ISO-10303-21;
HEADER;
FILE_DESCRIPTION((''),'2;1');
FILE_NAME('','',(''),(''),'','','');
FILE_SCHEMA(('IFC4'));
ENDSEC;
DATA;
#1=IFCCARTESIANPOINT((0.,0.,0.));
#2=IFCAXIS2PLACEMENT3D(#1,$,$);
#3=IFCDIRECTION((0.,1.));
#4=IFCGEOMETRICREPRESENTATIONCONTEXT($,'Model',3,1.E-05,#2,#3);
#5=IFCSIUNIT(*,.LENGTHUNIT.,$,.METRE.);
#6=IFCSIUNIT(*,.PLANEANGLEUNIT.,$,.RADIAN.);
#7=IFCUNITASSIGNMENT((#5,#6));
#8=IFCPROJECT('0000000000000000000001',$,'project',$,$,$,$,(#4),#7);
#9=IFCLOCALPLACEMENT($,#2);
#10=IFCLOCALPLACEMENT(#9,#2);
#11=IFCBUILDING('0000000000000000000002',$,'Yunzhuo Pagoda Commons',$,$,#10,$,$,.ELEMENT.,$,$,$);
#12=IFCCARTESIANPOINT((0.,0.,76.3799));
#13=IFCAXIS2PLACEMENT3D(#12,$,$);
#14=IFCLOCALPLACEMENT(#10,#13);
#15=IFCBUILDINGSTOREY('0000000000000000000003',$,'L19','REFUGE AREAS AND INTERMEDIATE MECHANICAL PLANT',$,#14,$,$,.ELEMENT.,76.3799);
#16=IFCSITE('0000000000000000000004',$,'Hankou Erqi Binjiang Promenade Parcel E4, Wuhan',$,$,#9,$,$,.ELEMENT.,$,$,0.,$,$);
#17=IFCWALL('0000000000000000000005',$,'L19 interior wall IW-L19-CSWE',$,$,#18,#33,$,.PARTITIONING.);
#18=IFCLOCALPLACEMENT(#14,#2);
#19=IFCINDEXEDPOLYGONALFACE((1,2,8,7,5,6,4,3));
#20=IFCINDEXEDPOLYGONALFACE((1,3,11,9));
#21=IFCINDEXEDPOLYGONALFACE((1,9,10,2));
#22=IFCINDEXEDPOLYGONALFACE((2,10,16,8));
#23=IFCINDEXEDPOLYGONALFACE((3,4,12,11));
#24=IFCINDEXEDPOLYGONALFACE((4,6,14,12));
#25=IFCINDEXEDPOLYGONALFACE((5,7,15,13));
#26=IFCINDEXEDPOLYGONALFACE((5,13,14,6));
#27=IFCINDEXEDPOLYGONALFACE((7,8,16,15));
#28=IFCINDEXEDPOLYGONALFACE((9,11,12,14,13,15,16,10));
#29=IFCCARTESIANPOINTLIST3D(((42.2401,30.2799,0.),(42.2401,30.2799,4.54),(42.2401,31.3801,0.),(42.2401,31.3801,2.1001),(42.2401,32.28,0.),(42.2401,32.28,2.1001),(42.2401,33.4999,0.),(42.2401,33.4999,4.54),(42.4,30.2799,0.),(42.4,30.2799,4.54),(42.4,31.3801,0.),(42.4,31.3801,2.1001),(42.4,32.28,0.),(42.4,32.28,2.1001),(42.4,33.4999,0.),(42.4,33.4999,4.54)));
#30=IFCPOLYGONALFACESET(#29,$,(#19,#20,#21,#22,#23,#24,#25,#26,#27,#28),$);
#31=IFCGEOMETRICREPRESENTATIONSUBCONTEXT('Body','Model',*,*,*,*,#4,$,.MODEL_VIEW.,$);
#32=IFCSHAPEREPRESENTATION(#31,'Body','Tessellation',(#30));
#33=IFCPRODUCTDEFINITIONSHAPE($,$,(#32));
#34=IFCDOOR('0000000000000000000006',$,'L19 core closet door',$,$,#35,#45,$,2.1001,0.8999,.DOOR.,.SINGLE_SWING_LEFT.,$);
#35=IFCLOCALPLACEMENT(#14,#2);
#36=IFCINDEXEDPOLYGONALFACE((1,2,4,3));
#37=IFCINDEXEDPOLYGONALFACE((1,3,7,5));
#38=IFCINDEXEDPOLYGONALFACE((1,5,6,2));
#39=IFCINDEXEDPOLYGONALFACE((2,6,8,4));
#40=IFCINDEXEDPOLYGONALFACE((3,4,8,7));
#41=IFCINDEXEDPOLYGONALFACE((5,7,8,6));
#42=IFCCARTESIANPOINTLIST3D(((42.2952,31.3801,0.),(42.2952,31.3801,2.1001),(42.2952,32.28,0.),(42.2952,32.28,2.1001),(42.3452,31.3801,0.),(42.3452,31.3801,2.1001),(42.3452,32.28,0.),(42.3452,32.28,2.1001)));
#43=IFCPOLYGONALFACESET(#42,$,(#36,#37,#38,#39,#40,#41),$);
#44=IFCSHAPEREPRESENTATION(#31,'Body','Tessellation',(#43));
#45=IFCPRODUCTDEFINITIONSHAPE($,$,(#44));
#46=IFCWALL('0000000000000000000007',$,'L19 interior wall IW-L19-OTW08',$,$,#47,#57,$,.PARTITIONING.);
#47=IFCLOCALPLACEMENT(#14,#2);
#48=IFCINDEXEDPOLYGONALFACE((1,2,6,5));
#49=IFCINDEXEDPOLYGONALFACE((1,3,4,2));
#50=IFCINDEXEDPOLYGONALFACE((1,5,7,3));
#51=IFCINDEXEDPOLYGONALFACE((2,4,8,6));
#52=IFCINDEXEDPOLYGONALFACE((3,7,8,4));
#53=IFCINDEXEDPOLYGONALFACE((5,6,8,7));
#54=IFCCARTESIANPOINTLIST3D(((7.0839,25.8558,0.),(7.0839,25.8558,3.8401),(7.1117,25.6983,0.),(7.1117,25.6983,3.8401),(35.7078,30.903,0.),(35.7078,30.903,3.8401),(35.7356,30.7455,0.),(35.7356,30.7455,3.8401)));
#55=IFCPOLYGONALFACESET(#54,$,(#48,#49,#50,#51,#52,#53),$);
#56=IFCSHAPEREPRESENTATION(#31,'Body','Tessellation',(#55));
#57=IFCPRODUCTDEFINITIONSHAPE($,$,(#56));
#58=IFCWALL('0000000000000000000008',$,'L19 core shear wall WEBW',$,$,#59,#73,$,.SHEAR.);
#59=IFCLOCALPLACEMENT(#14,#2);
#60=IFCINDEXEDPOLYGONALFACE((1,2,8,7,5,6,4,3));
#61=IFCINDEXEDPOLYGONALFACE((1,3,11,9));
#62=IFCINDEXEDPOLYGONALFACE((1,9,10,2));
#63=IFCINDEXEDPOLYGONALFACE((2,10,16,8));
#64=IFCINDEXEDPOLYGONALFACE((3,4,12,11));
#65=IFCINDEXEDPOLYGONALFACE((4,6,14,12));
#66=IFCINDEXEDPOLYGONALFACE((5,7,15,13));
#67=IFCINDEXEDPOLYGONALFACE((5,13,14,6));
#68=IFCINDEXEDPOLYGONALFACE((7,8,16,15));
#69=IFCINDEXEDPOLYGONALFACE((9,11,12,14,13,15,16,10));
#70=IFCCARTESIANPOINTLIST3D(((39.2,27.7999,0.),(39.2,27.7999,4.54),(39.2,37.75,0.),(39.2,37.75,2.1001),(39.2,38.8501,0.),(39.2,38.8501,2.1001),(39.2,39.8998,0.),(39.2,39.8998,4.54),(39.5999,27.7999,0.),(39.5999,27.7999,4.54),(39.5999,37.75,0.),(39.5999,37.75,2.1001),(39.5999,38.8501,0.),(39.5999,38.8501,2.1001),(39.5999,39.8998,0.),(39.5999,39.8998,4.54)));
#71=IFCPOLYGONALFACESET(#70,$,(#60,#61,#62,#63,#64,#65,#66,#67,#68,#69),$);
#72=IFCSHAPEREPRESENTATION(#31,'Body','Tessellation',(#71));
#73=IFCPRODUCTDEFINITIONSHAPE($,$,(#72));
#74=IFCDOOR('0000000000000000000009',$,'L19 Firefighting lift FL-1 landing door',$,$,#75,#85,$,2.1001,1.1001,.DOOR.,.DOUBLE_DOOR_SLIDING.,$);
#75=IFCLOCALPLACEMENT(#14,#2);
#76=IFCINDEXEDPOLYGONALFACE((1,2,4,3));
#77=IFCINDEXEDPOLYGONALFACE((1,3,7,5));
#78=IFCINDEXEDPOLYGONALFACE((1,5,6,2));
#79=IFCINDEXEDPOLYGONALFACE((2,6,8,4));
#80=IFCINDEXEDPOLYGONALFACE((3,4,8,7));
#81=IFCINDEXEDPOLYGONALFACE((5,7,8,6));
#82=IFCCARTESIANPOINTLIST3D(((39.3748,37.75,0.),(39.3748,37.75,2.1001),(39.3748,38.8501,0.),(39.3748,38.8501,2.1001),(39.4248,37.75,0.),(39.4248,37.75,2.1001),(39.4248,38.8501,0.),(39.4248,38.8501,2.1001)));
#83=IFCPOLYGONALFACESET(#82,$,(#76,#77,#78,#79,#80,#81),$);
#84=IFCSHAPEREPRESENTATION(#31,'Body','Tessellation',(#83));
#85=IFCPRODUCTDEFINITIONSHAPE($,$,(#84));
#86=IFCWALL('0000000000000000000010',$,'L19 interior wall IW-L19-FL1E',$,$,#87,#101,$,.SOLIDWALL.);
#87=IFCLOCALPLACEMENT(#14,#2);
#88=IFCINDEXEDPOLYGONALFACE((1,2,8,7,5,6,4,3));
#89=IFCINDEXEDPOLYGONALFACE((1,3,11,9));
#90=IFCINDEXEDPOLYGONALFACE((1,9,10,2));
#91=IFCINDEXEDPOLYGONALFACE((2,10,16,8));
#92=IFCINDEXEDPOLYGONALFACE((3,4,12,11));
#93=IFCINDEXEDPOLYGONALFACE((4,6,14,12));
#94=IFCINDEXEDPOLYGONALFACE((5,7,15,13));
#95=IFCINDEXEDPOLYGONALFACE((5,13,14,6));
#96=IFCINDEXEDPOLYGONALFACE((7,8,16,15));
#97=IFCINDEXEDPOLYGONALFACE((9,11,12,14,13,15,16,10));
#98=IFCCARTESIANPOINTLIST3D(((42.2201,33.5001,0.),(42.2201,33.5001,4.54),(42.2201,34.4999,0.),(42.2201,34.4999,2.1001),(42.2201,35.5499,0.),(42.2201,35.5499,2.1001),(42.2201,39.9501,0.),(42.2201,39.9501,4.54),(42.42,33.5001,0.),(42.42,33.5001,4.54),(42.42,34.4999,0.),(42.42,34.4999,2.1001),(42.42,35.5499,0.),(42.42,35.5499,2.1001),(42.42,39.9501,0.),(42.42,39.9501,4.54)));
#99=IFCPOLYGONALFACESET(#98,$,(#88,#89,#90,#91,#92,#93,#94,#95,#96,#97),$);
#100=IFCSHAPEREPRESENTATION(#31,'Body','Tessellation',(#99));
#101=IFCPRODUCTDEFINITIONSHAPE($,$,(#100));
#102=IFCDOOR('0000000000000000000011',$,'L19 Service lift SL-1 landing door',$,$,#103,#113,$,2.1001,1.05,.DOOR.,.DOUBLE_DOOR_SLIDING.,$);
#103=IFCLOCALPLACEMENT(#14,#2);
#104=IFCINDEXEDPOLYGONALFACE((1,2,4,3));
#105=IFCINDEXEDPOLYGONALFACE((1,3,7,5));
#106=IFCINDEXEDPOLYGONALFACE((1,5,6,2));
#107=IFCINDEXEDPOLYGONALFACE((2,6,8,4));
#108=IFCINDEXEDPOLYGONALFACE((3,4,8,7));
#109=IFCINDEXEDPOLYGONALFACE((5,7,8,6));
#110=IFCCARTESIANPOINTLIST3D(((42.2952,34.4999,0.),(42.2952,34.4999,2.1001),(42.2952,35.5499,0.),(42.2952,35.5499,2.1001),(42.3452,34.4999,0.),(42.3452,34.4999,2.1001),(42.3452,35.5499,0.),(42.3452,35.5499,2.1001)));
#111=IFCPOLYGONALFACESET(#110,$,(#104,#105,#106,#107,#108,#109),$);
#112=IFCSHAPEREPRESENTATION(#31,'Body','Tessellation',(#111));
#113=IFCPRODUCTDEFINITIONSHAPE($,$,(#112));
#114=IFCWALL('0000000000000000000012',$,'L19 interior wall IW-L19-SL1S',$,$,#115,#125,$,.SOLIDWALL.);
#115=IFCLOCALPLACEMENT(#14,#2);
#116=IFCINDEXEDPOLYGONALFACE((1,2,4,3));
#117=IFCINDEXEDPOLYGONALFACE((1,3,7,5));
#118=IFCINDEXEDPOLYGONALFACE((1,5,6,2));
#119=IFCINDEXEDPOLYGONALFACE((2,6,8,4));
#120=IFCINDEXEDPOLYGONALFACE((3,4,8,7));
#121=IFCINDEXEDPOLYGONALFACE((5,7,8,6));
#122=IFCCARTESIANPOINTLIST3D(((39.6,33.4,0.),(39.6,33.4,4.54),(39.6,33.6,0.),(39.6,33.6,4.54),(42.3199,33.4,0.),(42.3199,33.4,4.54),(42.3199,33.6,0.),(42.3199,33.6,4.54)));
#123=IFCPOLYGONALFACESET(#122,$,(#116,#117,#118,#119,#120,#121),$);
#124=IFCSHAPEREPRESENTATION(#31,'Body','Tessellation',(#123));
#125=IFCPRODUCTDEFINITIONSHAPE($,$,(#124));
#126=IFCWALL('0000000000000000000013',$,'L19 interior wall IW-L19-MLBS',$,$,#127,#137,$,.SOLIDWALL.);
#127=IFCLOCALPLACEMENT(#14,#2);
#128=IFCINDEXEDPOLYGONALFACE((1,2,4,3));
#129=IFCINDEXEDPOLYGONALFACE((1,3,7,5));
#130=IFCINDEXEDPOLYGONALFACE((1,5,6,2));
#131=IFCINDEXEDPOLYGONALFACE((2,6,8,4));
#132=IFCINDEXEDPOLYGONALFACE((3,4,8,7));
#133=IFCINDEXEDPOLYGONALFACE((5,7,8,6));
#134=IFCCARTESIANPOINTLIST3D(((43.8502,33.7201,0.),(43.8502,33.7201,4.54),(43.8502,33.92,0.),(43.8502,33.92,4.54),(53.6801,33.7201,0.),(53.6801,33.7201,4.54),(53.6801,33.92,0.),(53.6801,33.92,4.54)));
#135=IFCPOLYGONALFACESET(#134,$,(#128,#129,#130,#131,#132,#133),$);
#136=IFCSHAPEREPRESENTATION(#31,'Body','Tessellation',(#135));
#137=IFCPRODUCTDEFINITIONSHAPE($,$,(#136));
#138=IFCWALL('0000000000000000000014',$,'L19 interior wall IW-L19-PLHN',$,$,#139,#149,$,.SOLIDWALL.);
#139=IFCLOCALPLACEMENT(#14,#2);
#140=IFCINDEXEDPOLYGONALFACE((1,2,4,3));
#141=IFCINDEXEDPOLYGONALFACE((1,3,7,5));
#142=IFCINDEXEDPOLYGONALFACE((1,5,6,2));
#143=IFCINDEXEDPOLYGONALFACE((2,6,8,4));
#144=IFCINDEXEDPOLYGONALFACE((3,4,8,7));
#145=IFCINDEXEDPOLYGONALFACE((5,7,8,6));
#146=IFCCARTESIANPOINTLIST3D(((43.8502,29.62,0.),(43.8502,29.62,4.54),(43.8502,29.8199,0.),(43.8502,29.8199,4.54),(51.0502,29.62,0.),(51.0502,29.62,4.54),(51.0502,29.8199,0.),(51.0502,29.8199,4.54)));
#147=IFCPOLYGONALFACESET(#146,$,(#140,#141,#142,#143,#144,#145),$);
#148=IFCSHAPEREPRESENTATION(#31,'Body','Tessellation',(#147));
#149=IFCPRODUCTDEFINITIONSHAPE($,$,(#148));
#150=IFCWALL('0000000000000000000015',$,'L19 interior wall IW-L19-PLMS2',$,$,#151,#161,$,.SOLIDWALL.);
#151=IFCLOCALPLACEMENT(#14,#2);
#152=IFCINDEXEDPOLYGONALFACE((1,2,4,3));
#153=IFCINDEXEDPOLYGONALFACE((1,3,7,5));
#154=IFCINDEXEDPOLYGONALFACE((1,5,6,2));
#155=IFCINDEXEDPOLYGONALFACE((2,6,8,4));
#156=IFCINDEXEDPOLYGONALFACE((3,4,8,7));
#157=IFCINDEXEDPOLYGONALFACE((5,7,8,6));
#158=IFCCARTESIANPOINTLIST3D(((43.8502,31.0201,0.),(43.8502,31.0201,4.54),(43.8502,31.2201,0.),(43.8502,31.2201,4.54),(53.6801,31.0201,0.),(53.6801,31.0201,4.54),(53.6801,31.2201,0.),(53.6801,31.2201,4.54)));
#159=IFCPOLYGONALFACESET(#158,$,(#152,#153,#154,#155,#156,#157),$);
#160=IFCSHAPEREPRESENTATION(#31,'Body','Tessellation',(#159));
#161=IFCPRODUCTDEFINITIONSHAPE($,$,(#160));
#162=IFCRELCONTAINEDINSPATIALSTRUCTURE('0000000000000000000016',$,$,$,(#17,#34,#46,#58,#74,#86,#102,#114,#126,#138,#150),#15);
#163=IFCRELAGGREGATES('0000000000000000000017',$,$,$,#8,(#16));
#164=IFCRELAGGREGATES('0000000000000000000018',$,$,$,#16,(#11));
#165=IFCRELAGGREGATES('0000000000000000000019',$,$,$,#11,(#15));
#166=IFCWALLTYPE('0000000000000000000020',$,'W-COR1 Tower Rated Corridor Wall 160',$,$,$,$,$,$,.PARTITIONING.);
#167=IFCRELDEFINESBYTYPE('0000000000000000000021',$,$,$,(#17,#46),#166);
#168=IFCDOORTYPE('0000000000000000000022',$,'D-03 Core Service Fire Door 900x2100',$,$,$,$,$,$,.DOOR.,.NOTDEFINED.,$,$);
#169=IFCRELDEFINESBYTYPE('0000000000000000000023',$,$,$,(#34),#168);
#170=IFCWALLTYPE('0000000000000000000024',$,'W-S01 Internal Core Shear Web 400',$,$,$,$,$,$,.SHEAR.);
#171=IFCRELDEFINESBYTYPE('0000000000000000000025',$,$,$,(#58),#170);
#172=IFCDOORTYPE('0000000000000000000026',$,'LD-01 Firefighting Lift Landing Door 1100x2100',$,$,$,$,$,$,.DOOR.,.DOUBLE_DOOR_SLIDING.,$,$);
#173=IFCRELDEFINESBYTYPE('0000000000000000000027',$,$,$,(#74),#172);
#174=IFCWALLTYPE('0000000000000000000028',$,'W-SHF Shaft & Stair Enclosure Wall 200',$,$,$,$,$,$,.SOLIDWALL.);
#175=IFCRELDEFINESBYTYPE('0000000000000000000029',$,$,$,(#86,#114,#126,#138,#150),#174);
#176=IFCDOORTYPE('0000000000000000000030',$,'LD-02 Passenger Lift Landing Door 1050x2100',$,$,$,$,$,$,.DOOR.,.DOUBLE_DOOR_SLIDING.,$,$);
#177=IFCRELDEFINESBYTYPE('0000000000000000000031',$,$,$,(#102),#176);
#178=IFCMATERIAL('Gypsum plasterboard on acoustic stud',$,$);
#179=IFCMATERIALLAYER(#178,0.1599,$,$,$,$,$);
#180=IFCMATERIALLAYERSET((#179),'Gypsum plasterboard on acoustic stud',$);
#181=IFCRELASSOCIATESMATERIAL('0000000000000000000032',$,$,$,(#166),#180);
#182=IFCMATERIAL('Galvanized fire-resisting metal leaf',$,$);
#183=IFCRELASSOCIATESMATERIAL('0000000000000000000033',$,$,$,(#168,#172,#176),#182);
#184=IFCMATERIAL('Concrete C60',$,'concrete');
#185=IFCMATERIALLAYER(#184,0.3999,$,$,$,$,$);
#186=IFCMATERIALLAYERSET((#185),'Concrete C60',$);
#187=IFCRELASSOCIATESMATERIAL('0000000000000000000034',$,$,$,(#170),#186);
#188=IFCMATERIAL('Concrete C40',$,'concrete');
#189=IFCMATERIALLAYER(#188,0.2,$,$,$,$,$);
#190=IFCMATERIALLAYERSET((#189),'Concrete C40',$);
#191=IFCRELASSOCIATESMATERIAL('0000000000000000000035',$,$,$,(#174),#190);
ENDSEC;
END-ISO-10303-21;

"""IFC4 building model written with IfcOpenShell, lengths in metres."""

from ifc_helpers import new_model, si_unit, direction, frame, frame_2d, origin, origin_with_axes, place, context, subcontext, project, spatial, rectangle, extrude, source, transform, mapped, material, layer, layer_set, type_object, element, fill, save


model = new_model("IFC4")

# Units and contexts
model_context = context("Model", 3, precision=1e-05, world=origin(), true_north=direction((0.0, 1.0)))
body_context = subcontext(model_context, "Body", "Model", "MODEL_VIEW")
ifc_project = project(units=[si_unit("LENGTHUNIT", "METRE"), si_unit("PLANEANGLEUNIT", "RADIAN")], contexts=[model_context])

# Site, building, storey
site_placement = place(None, origin())
site = spatial("IfcSite", under=ifc_project, at=site_placement, Name="Hankou Erqi Binjiang Promenade Parcel E4, Wuhan", CompositionType="ELEMENT", RefElevation=0.0)
building_placement = place(site_placement, origin())
building = spatial("IfcBuilding", under=site, at=building_placement, Name="Yunzhuo Pagoda Commons", CompositionType="ELEMENT")
storey_placement = place(building_placement, frame((0.0, 0.0, 76.3799)))
storey = spatial("IfcBuildingStorey", under=building, at=storey_placement, Name="L19", Description="REFUGE AREAS AND INTERMEDIATE MECHANICAL PLANT", CompositionType="ELEMENT", Elevation=76.3799)

# Shared definitions
ifc_material_1 = material(Name="Gypsum plasterboard on acoustic stud")
ifc_layer_1 = layer(ifc_material_1, 0.1599)
ifc_layer_set_1 = layer_set([ifc_layer_1], Name="Gypsum plasterboard on acoustic stud")
wall_type_1 = type_object("IfcWallType", Name="W-COR1 Tower Rated Corridor Wall 160", PredefinedType="PARTITIONING", material=ifc_layer_set_1)

# Wall, opening, door
wall_1_placement = place(storey_placement, frame((42.3201, 30.28, 0.0), z_axis=(0.0, 0.0, 1.0), x_axis=(0.0, 1.0, 0.0)))
wall_1 = element("IfcWall", 1, at=wall_1_placement, inside=storey, type_object=wall_type_1, Name="L19 interior wall IW-L19-CSWE", PredefinedType="PARTITIONING", context=body_context, shape_type="SweptSolid", body=[
    extrude(rectangle(XDim=3.22, YDim=0.1599, at=frame_2d((1.6099, 0.0))), origin(), (0.0, 0.0, 1.0), 4.54),
])
opening_1_placement = place(wall_1_placement, frame((1.1001, 0.0, 0.0)))
opening_1 = element("IfcOpeningElement", 2, at=opening_1_placement, cuts=wall_1, PredefinedType="OPENING", context=body_context, shape_type="SweptSolid", body=[
    extrude(rectangle(XDim=0.8999, YDim=2.1001, at=frame_2d((0.45, 1.05))), frame((0.0, 0.0898, 0.0), z_axis=(0.0, -1.0, 0.0), x_axis=(1.0, 0.0, 0.0)), (0.0, 0.0, 1.0), 0.1799),
])
ifc_material_2 = material(Name="Galvanized fire-resisting metal leaf")
door_type_1 = type_object("IfcDoorType", Name="D-03 Core Service Fire Door 900x2100", OperationType="NOTDEFINED", PredefinedType="DOOR", material=ifc_material_2)
shared_shape_1 = source(origin(), body_context, "Body", "SweptSolid", [
    extrude(rectangle(XDim=0.8999, YDim=2.1001, at=frame_2d((0.45, 1.05))), frame((0.0, 0.0249, 0.0), z_axis=(0.0, -1.0, 0.0), x_axis=(1.0, 0.0, 0.0)), (0.0, 0.0, 1.0), 0.05),
])
door_1_placement = place(opening_1_placement, origin_with_axes())
door_1 = element("IfcDoor", 3, at=door_1_placement, inside=storey, type_object=door_type_1, Name="L19 core closet door", OperationType="SINGLE_SWING_LEFT", OverallHeight=2.1001, OverallWidth=0.8999, PredefinedType="DOOR", context=body_context, shape_type="MappedRepresentation", body=[
    mapped(shared_shape_1, transform((0.0, 0.0, 0.0), scale=1.0)),
])
fill(opening_1, door_1)

# Wall
wall_2_placement = place(storey_placement, frame((35.7217, 30.8242, 0.0), z_axis=(0.0, 0.0, 1.0), x_axis=(-0.984808, -0.173647, 0.0)))
element("IfcWall", 4, at=wall_2_placement, inside=storey, type_object=wall_type_1, Name="L19 interior wall IW-L19-OTW08", PredefinedType="PARTITIONING", context=body_context, shape_type="SweptSolid", body=[
    extrude(rectangle(XDim=29.0654, YDim=0.1599, at=frame_2d((14.5327, 0.0))), origin(), (0.0, 0.0, 1.0), 3.8401),
])

# Walls, openings, doors
ifc_material_3 = material(Name="Concrete C60", Category="concrete")
ifc_layer_2 = layer(ifc_material_3, 0.3999)
ifc_layer_set_2 = layer_set([ifc_layer_2], Name="Concrete C60")
wall_type_2 = type_object("IfcWallType", Name="W-S01 Internal Core Shear Web 400", PredefinedType="SHEAR", material=ifc_layer_set_2)
wall_3_placement = place(storey_placement, frame((39.3999, 27.8, 0.0), z_axis=(0.0, 0.0, 1.0), x_axis=(0.0, 1.0, 0.0)))
wall_3 = element("IfcWall", 5, at=wall_3_placement, inside=storey, type_object=wall_type_2, Name="L19 core shear wall WEBW", PredefinedType="SHEAR", context=body_context, shape_type="SweptSolid", body=[
    extrude(rectangle(XDim=12.0999, YDim=0.3999, at=frame_2d((6.0498, 0.0))), origin(), (0.0, 0.0, 1.0), 4.54),
])
opening_2_placement = place(wall_3_placement, frame((9.95, 0.0, 0.0)))
opening_2 = element("IfcOpeningElement", 6, at=opening_2_placement, cuts=wall_3, PredefinedType="OPENING", context=body_context, shape_type="SweptSolid", body=[
    extrude(rectangle(XDim=1.1001, YDim=2.1001, at=frame_2d((0.55, 1.05))), frame((0.0, 0.21, 0.0), z_axis=(0.0, -1.0, 0.0), x_axis=(1.0, 0.0, 0.0)), (0.0, 0.0, 1.0), 0.4199),
])
door_type_2 = type_object("IfcDoorType", Name="LD-01 Firefighting Lift Landing Door 1100x2100", OperationType="DOUBLE_DOOR_SLIDING", PredefinedType="DOOR", material=ifc_material_2)
shared_shape_2 = source(origin(), body_context, "Body", "SweptSolid", [
    extrude(rectangle(XDim=1.1001, YDim=2.1001, at=frame_2d((0.55, 1.05))), frame((0.0, 0.0249, 0.0), z_axis=(0.0, -1.0, 0.0), x_axis=(1.0, 0.0, 0.0)), (0.0, 0.0, 1.0), 0.05),
])
door_2_placement = place(opening_2_placement, frame((1.1001, 0.0, 0.0), z_axis=(0.0, 0.0, 1.0), x_axis=(-1.0, 0.0, 0.0)))
door_2 = element("IfcDoor", 7, at=door_2_placement, inside=storey, type_object=door_type_2, Name="L19 Firefighting lift FL-1 landing door", OperationType="DOUBLE_DOOR_SLIDING", OverallHeight=2.1001, OverallWidth=1.1001, PredefinedType="DOOR", context=body_context, shape_type="MappedRepresentation", body=[
    mapped(shared_shape_2, transform((0.0, 0.0, 0.0), scale=1.0)),
])
fill(opening_2, door_2)
ifc_material_4 = material(Name="Concrete C40", Category="concrete")
ifc_layer_3 = layer(ifc_material_4, 0.2)
ifc_layer_set_3 = layer_set([ifc_layer_3], Name="Concrete C40")
wall_type_3 = type_object("IfcWallType", Name="W-SHF Shaft & Stair Enclosure Wall 200", PredefinedType="SOLIDWALL", material=ifc_layer_set_3)
wall_4_placement = place(storey_placement, frame((42.3201, 33.5, 0.0), z_axis=(0.0, 0.0, 1.0), x_axis=(0.0, 1.0, 0.0)))
wall_4 = element("IfcWall", 8, at=wall_4_placement, inside=storey, type_object=wall_type_3, Name="L19 interior wall IW-L19-FL1E", PredefinedType="SOLIDWALL", context=body_context, shape_type="SweptSolid", body=[
    extrude(rectangle(XDim=6.45, YDim=0.2, at=frame_2d((3.2251, 0.0))), origin(), (0.0, 0.0, 1.0), 4.54),
])
opening_3_placement = place(wall_4_placement, frame((1.0, 0.0, 0.0)))
opening_3 = element("IfcOpeningElement", 9, at=opening_3_placement, cuts=wall_4, PredefinedType="OPENING", context=body_context, shape_type="SweptSolid", body=[
    extrude(rectangle(XDim=1.05, YDim=2.1001, at=frame_2d((0.5249, 1.05))), frame((0.0, 0.1099, 0.0), z_axis=(0.0, -1.0, 0.0), x_axis=(1.0, 0.0, 0.0)), (0.0, 0.0, 1.0), 0.22),
])
door_type_3 = type_object("IfcDoorType", Name="LD-02 Passenger Lift Landing Door 1050x2100", OperationType="DOUBLE_DOOR_SLIDING", PredefinedType="DOOR", material=ifc_material_2)
shared_shape_3 = source(origin(), body_context, "Body", "SweptSolid", [
    extrude(rectangle(XDim=1.05, YDim=2.1001, at=frame_2d((0.5249, 1.05))), frame((0.0, 0.0249, 0.0), z_axis=(0.0, -1.0, 0.0), x_axis=(1.0, 0.0, 0.0)), (0.0, 0.0, 1.0), 0.05),
])
door_3_placement = place(opening_3_placement, origin_with_axes())
door_3 = element("IfcDoor", 10, at=door_3_placement, inside=storey, type_object=door_type_3, Name="L19 Service lift SL-1 landing door", OperationType="DOUBLE_DOOR_SLIDING", OverallHeight=2.1001, OverallWidth=1.05, PredefinedType="DOOR", context=body_context, shape_type="MappedRepresentation", body=[
    mapped(shared_shape_3, transform((0.0, 0.0, 0.0), scale=1.0)),
])
fill(opening_3, door_3)

# Walls
wall_5_placement = place(storey_placement, frame((39.6001, 33.5, 0.0), z_axis=(0.0, 0.0, 1.0), x_axis=(1.0, 0.0, 0.0)))
element("IfcWall", 11, at=wall_5_placement, inside=storey, type_object=wall_type_3, Name="L19 interior wall IW-L19-SL1S", PredefinedType="SOLIDWALL", context=body_context, shape_type="SweptSolid", body=[
    extrude(rectangle(XDim=2.72, YDim=0.2, at=frame_2d((1.3599, 0.0))), origin(), (0.0, 0.0, 1.0), 4.54),
])
wall_6_placement = place(storey_placement, frame((43.8501, 33.8201, 0.0), z_axis=(0.0, 0.0, 1.0), x_axis=(1.0, 0.0, 0.0)))
element("IfcWall", 12, at=wall_6_placement, inside=storey, type_object=wall_type_3, Name="L19 interior wall IW-L19-MLBS", PredefinedType="SOLIDWALL", context=body_context, shape_type="SweptSolid", body=[
    extrude(rectangle(XDim=9.8298, YDim=0.2, at=frame_2d((4.915, 0.0))), origin(), (0.0, 0.0, 1.0), 4.54),
])
wall_7_placement = place(storey_placement, frame((43.8501, 29.72, 0.0), z_axis=(0.0, 0.0, 1.0), x_axis=(1.0, 0.0, 0.0)))
element("IfcWall", 13, at=wall_7_placement, inside=storey, type_object=wall_type_3, Name="L19 interior wall IW-L19-PLHN", PredefinedType="SOLIDWALL", context=body_context, shape_type="SweptSolid", body=[
    extrude(rectangle(XDim=7.2, YDim=0.2, at=frame_2d((3.6001, 0.0))), origin(), (0.0, 0.0, 1.0), 4.54),
])
wall_8_placement = place(storey_placement, frame((43.8501, 31.1201, 0.0), z_axis=(0.0, 0.0, 1.0), x_axis=(1.0, 0.0, 0.0)))
element("IfcWall", 14, at=wall_8_placement, inside=storey, type_object=wall_type_3, Name="L19 interior wall IW-L19-PLMS2", PredefinedType="SOLIDWALL", context=body_context, shape_type="SweptSolid", body=[
    extrude(rectangle(XDim=9.8298, YDim=0.2, at=frame_2d((4.915, 0.0))), origin(), (0.0, 0.0, 1.0), 4.54),
])

save(model, "model.ifc")
